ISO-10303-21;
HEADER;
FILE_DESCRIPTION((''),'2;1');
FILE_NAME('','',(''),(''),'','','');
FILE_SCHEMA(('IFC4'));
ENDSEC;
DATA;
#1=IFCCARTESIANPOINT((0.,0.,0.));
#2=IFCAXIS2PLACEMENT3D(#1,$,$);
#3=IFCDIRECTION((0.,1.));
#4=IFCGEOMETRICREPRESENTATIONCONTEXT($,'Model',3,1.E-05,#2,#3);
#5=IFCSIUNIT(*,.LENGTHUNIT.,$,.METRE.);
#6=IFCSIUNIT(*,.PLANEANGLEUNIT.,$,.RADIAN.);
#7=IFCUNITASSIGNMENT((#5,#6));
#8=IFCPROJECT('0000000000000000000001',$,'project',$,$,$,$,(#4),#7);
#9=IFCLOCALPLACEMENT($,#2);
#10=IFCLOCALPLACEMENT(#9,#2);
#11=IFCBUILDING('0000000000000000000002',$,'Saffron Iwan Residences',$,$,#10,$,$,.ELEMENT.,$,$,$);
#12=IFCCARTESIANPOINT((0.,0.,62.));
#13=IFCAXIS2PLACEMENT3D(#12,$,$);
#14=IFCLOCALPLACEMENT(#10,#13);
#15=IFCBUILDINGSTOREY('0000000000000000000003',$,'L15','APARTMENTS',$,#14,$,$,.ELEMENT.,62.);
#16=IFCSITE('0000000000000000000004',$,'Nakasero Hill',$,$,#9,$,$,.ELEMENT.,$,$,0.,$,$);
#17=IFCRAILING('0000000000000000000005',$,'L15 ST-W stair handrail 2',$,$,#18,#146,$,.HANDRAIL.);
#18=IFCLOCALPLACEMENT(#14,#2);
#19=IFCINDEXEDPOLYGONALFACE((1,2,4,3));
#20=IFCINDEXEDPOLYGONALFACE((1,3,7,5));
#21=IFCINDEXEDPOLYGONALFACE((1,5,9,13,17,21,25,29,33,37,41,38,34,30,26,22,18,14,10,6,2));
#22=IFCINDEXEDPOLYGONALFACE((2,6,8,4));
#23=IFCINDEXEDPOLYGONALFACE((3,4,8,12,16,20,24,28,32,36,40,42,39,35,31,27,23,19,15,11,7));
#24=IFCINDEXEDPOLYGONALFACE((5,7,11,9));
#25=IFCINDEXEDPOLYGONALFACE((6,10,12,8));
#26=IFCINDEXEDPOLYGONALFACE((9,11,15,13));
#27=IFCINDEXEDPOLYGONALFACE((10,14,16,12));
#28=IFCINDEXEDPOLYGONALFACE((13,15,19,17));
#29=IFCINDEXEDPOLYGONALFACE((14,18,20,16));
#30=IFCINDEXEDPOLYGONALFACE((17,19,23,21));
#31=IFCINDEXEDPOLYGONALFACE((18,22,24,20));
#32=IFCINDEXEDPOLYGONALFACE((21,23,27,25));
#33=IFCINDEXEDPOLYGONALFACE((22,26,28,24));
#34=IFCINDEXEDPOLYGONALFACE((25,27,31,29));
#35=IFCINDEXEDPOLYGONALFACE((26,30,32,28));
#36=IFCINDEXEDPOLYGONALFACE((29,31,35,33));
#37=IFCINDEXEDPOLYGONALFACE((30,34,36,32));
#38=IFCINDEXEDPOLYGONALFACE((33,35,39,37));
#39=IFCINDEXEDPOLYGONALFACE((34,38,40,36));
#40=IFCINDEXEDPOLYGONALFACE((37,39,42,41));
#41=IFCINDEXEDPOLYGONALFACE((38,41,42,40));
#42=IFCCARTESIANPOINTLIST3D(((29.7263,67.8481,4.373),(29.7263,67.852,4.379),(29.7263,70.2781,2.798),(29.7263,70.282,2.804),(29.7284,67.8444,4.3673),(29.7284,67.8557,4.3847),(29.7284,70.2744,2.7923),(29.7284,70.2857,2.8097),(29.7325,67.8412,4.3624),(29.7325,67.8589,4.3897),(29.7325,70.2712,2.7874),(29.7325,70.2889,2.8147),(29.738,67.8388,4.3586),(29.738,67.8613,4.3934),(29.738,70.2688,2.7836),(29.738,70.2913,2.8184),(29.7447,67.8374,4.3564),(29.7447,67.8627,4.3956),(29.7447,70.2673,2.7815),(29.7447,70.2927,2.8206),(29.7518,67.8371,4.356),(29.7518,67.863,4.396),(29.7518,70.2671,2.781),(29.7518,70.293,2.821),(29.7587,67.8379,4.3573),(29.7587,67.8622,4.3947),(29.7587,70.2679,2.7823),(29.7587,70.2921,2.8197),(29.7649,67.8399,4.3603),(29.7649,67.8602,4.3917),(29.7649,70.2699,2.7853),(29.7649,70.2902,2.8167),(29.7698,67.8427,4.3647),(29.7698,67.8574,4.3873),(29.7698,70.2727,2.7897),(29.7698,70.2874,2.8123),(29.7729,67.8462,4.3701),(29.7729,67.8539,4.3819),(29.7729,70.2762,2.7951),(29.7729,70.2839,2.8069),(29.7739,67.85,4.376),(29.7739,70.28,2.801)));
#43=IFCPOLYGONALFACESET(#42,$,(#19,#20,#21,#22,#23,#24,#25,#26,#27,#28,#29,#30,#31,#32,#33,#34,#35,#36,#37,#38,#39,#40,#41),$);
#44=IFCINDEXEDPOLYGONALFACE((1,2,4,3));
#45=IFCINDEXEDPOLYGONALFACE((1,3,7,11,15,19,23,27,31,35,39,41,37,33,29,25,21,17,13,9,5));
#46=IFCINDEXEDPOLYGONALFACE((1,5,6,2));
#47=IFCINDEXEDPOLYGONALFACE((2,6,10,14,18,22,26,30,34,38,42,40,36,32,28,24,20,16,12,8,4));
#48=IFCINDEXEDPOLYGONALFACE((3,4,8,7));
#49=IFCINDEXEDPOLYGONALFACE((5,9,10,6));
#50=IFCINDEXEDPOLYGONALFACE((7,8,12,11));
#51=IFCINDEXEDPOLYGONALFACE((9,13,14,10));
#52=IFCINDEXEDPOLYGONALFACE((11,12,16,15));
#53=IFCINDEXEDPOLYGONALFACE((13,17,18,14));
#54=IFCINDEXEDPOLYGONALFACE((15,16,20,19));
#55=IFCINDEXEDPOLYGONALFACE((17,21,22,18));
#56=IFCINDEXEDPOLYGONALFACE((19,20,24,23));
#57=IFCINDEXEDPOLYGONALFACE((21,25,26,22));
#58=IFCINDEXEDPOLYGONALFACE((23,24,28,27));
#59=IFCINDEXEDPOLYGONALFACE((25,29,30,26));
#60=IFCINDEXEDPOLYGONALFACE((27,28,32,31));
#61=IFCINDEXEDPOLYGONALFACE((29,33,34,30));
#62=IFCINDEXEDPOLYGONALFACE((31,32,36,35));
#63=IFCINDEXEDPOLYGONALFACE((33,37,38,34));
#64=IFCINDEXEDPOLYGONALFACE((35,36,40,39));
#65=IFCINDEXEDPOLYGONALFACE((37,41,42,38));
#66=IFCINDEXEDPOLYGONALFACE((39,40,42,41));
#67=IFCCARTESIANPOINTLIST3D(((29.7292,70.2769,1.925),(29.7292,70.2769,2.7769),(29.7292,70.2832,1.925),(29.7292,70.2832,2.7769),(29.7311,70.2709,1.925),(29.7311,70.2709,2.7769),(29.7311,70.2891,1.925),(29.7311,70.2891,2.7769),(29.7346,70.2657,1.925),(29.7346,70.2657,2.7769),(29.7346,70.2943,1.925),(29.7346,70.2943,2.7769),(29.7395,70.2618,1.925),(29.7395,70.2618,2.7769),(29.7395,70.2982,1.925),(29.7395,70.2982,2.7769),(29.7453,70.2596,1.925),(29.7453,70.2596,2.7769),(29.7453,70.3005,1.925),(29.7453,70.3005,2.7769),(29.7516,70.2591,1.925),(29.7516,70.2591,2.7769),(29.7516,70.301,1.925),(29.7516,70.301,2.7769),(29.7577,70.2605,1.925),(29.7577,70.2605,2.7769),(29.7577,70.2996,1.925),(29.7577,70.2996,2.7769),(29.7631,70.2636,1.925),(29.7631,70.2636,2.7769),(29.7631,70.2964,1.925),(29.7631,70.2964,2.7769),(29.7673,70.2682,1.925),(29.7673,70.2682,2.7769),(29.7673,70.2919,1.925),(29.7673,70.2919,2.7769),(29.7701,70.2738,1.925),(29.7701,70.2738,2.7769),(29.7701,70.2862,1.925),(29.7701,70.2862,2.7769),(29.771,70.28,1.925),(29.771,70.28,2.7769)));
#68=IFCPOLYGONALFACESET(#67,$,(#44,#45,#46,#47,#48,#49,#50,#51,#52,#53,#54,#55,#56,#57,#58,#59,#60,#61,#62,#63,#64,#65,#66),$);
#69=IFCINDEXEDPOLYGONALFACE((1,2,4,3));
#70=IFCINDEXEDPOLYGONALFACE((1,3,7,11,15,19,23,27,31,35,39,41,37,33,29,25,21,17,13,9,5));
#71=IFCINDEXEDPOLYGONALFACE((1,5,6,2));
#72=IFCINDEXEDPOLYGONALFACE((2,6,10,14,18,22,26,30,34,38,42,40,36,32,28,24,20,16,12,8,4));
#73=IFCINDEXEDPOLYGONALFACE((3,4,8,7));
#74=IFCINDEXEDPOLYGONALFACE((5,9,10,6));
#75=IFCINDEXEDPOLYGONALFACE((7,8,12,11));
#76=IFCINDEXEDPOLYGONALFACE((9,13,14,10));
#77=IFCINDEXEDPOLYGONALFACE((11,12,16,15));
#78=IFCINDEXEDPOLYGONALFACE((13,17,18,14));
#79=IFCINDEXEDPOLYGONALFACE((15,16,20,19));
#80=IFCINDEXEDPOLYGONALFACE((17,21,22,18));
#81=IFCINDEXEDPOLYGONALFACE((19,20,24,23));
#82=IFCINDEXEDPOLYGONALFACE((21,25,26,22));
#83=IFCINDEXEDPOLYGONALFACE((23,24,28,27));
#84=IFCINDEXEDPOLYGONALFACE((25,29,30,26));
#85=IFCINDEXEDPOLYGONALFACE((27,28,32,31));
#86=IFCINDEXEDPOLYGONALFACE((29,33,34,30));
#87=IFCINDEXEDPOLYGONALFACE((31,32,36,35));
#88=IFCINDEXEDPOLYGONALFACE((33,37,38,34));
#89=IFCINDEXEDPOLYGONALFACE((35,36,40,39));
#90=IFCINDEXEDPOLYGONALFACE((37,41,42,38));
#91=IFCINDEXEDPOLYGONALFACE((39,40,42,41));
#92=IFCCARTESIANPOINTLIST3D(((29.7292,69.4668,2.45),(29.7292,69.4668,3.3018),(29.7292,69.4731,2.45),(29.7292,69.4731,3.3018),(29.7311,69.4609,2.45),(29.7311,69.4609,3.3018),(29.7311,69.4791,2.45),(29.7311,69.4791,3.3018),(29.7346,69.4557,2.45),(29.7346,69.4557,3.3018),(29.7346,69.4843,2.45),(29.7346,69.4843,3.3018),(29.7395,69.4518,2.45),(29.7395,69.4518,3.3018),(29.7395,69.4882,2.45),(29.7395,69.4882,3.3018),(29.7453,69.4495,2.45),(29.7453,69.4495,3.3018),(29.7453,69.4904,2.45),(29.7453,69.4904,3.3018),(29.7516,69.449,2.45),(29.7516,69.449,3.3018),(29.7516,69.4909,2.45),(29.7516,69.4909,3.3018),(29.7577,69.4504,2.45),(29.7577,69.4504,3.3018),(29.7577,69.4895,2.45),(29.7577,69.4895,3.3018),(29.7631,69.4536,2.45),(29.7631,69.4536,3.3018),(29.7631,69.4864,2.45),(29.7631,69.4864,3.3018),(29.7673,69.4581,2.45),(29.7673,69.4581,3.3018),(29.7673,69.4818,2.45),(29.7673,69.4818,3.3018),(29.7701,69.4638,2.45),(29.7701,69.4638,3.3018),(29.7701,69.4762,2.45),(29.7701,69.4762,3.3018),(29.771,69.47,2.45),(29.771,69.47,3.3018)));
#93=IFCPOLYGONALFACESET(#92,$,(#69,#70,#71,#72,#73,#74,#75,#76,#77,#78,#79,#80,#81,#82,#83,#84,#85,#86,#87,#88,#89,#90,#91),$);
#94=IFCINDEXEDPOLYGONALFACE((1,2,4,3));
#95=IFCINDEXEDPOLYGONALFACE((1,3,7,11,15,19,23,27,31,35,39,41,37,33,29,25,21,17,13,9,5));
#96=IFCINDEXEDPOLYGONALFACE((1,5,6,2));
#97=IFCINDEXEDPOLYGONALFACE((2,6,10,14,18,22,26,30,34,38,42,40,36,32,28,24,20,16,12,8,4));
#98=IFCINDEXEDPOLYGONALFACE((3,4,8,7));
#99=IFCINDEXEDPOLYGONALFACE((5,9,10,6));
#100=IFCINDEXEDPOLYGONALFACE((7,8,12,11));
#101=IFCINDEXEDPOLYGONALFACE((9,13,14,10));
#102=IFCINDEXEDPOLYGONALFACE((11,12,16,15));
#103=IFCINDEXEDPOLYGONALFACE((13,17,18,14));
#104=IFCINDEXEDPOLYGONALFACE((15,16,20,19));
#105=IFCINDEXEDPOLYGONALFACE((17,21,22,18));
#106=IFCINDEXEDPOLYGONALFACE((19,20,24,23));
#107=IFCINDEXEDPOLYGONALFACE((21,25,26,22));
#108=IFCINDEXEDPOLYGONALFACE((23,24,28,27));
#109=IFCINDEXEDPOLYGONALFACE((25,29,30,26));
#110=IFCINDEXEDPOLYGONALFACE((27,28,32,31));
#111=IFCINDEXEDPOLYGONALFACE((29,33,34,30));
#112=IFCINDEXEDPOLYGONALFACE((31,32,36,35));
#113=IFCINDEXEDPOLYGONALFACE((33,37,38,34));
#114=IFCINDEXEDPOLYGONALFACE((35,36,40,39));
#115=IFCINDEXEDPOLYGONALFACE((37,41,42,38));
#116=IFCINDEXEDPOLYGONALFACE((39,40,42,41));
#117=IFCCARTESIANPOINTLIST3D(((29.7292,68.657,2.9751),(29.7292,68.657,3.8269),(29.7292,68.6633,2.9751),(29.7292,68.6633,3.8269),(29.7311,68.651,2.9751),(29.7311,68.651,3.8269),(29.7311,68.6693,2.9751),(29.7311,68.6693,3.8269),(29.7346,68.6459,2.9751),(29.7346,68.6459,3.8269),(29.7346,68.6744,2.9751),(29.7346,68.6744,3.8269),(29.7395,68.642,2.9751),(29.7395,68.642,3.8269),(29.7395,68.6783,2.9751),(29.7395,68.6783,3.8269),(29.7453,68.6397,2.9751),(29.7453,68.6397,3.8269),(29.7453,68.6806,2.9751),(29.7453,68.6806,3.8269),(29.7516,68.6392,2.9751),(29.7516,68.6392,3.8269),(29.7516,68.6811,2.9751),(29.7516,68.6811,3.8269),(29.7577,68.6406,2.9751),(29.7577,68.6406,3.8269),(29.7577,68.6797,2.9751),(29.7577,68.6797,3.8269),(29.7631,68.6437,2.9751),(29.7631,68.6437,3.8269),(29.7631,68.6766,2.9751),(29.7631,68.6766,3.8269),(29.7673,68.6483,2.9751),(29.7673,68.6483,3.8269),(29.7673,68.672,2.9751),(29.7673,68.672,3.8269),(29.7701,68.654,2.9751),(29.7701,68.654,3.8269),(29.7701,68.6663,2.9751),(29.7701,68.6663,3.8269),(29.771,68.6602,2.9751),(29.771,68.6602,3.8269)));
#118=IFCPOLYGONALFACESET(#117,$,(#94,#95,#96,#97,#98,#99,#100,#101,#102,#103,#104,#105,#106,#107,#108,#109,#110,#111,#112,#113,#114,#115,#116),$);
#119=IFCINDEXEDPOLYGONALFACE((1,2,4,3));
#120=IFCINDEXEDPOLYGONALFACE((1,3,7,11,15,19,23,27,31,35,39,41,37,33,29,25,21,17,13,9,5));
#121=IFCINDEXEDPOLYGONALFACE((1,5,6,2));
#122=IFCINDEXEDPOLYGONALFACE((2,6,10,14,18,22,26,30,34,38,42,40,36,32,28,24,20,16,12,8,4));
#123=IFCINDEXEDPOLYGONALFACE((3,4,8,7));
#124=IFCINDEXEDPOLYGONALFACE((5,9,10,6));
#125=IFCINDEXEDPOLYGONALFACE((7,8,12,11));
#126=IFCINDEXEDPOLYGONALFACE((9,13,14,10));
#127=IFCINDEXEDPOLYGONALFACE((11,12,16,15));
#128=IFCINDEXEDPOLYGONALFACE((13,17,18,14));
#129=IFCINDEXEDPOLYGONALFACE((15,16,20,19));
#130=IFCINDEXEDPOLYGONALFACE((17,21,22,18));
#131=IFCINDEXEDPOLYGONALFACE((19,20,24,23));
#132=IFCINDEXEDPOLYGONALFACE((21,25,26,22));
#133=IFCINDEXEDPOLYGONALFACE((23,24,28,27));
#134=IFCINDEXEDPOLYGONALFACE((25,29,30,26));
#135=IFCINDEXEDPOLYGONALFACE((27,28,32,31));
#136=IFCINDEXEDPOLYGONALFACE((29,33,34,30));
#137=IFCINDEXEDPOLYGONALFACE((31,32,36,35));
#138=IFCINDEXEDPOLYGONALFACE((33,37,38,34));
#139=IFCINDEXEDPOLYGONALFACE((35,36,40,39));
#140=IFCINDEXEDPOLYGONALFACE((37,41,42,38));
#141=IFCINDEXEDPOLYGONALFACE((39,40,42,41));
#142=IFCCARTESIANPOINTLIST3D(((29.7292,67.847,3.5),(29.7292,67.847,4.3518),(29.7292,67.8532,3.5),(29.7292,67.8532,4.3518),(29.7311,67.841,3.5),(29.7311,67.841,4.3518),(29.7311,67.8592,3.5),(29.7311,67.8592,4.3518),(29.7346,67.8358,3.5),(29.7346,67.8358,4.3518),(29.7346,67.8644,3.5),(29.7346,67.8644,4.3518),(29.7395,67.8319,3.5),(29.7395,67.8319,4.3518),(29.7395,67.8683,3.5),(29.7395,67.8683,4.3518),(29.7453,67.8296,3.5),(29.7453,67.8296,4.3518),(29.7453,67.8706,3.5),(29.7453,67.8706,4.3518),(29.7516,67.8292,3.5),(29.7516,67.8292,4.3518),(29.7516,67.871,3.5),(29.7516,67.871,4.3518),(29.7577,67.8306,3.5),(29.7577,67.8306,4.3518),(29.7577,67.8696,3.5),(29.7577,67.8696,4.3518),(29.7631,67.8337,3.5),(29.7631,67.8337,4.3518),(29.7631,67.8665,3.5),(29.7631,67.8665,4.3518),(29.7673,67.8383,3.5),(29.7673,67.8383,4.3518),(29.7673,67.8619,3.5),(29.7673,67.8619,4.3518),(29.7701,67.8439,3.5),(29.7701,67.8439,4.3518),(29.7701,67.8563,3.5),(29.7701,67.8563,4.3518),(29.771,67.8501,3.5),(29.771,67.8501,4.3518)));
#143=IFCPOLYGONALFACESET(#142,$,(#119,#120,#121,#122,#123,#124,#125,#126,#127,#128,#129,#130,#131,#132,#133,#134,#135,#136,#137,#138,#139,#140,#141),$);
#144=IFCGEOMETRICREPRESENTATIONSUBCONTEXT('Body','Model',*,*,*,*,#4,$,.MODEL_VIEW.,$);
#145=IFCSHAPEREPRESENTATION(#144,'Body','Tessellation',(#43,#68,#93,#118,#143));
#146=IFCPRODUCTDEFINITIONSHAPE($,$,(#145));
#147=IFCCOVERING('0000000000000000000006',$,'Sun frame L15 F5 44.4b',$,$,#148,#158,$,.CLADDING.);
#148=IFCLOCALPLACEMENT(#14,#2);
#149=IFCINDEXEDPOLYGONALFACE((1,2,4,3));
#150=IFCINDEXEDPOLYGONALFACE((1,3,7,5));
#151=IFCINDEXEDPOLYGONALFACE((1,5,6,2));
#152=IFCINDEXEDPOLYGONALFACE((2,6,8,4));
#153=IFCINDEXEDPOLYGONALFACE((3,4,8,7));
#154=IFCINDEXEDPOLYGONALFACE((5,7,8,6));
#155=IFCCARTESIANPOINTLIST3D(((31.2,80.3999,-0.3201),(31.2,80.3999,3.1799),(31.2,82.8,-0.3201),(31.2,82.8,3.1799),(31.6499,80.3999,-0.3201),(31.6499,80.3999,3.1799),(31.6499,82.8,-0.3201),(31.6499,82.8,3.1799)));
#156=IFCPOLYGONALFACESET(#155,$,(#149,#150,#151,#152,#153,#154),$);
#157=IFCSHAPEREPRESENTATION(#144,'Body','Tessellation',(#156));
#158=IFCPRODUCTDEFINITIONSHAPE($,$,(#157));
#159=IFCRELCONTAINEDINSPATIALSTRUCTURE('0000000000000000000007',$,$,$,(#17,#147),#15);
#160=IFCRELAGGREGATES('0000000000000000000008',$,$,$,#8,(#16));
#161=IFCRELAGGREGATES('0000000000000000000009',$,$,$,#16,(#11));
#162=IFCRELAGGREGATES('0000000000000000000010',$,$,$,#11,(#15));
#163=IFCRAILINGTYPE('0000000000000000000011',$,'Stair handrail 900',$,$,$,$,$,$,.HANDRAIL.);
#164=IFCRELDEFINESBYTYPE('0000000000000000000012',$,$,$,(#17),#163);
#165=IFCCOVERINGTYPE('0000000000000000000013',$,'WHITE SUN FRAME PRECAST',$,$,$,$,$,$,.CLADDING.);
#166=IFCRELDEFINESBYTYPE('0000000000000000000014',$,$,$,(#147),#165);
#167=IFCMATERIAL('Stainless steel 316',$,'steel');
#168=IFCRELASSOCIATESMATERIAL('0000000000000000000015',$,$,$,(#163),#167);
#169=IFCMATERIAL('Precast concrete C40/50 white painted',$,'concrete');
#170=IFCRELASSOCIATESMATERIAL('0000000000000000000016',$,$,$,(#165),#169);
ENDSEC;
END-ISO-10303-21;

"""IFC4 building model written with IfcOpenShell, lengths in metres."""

from ifc_helpers import new_model, si_unit, direction, frame, origin, origin_2d, place, context, subcontext, project, spatial, polyline, circle, outline, extrude, material, type_object, element, save


model = new_model("IFC4")

# Units and contexts
model_context = context("Model", 3, precision=1e-05, world=origin(), true_north=direction((0.0, 1.0)))
body_context = subcontext(model_context, "Body", "Model", "MODEL_VIEW")
ifc_project = project(units=[si_unit("LENGTHUNIT", "METRE"), si_unit("PLANEANGLEUNIT", "RADIAN")], contexts=[model_context])

# Site, building, storey
site_placement = place(None, origin())
site = spatial("IfcSite", under=ifc_project, at=site_placement, Name="Nakasero Hill", CompositionType="ELEMENT", RefElevation=0.0)
building_placement = place(site_placement, origin())
building = spatial("IfcBuilding", under=site, at=building_placement, Name="Saffron Iwan Residences", CompositionType="ELEMENT")
storey_placement = place(building_placement, frame((0.0, 0.0, 62.0)))
storey = spatial("IfcBuildingStorey", under=building, at=storey_placement, Name="L15", Description="APARTMENTS", CompositionType="ELEMENT", Elevation=62.0)

# Railing
ifc_material_1 = material(Name="Stainless steel 316", Category="steel")
railing_type_1 = type_object("IfcRailingType", Name="Stair handrail 900", PredefinedType="HANDRAIL", material=ifc_material_1)
railing_1_placement = place(storey_placement, frame((29.75, 70.28, 1.925)))
element("IfcRailing", 1, at=railing_1_placement, inside=storey, type_object=railing_type_1, Name="L15 ST-W stair handrail 2", PredefinedType="HANDRAIL", context=body_context, shape_type="SweptSolid", body=[
    extrude(circle(Radius=0.0239, at=origin_2d()), frame((0.0, 0.0, 0.876), z_axis=(0.0, -0.839154, 0.543894), x_axis=(1.0, 0.0, 0.0)), (0.0, 0.0, 1.0), 2.8958),
    extrude(circle(Radius=0.021, at=origin_2d()), origin(), (0.0, 0.0, 1.0), 0.8518),
    extrude(circle(Radius=0.021, at=origin_2d()), frame((0.0, -0.8101, 0.5249)), (0.0, 0.0, 1.0), 0.8518),
    extrude(circle(Radius=0.021, at=origin_2d()), frame((0.0, -1.6199, 1.05)), (0.0, 0.0, 1.0), 0.8518),
    extrude(circle(Radius=0.021, at=origin_2d()), frame((0.0, -2.4299, 1.575)), (0.0, 0.0, 1.0), 0.8518),
])

# Covering
ifc_material_2 = material(Name="Precast concrete C40/50 white painted", Category="concrete")
covering_type_1 = type_object("IfcCoveringType", Name="WHITE SUN FRAME PRECAST", PredefinedType="CLADDING", material=ifc_material_2)
covering_1_placement = place(storey_placement, frame((31.6499, 80.3999, -0.3201), z_axis=(0.0, 1.0, 0.0), x_axis=(-1.0, 0.0, 0.0)))
element("IfcCovering", 2, at=covering_1_placement, inside=storey, type_object=covering_type_1, Name="Sun frame L15 F5 44.4b", PredefinedType="CLADDING", context=body_context, shape_type="SweptSolid", body=[
    extrude(outline(polyline([(0.0, 0.0), (0.45, 0.0), (0.45, 3.5), (0.0, 3.5), (0.0, 0.0)])), origin(), (0.0, 0.0, 1.0), 2.4001),
])

save(model, "model.ifc")
